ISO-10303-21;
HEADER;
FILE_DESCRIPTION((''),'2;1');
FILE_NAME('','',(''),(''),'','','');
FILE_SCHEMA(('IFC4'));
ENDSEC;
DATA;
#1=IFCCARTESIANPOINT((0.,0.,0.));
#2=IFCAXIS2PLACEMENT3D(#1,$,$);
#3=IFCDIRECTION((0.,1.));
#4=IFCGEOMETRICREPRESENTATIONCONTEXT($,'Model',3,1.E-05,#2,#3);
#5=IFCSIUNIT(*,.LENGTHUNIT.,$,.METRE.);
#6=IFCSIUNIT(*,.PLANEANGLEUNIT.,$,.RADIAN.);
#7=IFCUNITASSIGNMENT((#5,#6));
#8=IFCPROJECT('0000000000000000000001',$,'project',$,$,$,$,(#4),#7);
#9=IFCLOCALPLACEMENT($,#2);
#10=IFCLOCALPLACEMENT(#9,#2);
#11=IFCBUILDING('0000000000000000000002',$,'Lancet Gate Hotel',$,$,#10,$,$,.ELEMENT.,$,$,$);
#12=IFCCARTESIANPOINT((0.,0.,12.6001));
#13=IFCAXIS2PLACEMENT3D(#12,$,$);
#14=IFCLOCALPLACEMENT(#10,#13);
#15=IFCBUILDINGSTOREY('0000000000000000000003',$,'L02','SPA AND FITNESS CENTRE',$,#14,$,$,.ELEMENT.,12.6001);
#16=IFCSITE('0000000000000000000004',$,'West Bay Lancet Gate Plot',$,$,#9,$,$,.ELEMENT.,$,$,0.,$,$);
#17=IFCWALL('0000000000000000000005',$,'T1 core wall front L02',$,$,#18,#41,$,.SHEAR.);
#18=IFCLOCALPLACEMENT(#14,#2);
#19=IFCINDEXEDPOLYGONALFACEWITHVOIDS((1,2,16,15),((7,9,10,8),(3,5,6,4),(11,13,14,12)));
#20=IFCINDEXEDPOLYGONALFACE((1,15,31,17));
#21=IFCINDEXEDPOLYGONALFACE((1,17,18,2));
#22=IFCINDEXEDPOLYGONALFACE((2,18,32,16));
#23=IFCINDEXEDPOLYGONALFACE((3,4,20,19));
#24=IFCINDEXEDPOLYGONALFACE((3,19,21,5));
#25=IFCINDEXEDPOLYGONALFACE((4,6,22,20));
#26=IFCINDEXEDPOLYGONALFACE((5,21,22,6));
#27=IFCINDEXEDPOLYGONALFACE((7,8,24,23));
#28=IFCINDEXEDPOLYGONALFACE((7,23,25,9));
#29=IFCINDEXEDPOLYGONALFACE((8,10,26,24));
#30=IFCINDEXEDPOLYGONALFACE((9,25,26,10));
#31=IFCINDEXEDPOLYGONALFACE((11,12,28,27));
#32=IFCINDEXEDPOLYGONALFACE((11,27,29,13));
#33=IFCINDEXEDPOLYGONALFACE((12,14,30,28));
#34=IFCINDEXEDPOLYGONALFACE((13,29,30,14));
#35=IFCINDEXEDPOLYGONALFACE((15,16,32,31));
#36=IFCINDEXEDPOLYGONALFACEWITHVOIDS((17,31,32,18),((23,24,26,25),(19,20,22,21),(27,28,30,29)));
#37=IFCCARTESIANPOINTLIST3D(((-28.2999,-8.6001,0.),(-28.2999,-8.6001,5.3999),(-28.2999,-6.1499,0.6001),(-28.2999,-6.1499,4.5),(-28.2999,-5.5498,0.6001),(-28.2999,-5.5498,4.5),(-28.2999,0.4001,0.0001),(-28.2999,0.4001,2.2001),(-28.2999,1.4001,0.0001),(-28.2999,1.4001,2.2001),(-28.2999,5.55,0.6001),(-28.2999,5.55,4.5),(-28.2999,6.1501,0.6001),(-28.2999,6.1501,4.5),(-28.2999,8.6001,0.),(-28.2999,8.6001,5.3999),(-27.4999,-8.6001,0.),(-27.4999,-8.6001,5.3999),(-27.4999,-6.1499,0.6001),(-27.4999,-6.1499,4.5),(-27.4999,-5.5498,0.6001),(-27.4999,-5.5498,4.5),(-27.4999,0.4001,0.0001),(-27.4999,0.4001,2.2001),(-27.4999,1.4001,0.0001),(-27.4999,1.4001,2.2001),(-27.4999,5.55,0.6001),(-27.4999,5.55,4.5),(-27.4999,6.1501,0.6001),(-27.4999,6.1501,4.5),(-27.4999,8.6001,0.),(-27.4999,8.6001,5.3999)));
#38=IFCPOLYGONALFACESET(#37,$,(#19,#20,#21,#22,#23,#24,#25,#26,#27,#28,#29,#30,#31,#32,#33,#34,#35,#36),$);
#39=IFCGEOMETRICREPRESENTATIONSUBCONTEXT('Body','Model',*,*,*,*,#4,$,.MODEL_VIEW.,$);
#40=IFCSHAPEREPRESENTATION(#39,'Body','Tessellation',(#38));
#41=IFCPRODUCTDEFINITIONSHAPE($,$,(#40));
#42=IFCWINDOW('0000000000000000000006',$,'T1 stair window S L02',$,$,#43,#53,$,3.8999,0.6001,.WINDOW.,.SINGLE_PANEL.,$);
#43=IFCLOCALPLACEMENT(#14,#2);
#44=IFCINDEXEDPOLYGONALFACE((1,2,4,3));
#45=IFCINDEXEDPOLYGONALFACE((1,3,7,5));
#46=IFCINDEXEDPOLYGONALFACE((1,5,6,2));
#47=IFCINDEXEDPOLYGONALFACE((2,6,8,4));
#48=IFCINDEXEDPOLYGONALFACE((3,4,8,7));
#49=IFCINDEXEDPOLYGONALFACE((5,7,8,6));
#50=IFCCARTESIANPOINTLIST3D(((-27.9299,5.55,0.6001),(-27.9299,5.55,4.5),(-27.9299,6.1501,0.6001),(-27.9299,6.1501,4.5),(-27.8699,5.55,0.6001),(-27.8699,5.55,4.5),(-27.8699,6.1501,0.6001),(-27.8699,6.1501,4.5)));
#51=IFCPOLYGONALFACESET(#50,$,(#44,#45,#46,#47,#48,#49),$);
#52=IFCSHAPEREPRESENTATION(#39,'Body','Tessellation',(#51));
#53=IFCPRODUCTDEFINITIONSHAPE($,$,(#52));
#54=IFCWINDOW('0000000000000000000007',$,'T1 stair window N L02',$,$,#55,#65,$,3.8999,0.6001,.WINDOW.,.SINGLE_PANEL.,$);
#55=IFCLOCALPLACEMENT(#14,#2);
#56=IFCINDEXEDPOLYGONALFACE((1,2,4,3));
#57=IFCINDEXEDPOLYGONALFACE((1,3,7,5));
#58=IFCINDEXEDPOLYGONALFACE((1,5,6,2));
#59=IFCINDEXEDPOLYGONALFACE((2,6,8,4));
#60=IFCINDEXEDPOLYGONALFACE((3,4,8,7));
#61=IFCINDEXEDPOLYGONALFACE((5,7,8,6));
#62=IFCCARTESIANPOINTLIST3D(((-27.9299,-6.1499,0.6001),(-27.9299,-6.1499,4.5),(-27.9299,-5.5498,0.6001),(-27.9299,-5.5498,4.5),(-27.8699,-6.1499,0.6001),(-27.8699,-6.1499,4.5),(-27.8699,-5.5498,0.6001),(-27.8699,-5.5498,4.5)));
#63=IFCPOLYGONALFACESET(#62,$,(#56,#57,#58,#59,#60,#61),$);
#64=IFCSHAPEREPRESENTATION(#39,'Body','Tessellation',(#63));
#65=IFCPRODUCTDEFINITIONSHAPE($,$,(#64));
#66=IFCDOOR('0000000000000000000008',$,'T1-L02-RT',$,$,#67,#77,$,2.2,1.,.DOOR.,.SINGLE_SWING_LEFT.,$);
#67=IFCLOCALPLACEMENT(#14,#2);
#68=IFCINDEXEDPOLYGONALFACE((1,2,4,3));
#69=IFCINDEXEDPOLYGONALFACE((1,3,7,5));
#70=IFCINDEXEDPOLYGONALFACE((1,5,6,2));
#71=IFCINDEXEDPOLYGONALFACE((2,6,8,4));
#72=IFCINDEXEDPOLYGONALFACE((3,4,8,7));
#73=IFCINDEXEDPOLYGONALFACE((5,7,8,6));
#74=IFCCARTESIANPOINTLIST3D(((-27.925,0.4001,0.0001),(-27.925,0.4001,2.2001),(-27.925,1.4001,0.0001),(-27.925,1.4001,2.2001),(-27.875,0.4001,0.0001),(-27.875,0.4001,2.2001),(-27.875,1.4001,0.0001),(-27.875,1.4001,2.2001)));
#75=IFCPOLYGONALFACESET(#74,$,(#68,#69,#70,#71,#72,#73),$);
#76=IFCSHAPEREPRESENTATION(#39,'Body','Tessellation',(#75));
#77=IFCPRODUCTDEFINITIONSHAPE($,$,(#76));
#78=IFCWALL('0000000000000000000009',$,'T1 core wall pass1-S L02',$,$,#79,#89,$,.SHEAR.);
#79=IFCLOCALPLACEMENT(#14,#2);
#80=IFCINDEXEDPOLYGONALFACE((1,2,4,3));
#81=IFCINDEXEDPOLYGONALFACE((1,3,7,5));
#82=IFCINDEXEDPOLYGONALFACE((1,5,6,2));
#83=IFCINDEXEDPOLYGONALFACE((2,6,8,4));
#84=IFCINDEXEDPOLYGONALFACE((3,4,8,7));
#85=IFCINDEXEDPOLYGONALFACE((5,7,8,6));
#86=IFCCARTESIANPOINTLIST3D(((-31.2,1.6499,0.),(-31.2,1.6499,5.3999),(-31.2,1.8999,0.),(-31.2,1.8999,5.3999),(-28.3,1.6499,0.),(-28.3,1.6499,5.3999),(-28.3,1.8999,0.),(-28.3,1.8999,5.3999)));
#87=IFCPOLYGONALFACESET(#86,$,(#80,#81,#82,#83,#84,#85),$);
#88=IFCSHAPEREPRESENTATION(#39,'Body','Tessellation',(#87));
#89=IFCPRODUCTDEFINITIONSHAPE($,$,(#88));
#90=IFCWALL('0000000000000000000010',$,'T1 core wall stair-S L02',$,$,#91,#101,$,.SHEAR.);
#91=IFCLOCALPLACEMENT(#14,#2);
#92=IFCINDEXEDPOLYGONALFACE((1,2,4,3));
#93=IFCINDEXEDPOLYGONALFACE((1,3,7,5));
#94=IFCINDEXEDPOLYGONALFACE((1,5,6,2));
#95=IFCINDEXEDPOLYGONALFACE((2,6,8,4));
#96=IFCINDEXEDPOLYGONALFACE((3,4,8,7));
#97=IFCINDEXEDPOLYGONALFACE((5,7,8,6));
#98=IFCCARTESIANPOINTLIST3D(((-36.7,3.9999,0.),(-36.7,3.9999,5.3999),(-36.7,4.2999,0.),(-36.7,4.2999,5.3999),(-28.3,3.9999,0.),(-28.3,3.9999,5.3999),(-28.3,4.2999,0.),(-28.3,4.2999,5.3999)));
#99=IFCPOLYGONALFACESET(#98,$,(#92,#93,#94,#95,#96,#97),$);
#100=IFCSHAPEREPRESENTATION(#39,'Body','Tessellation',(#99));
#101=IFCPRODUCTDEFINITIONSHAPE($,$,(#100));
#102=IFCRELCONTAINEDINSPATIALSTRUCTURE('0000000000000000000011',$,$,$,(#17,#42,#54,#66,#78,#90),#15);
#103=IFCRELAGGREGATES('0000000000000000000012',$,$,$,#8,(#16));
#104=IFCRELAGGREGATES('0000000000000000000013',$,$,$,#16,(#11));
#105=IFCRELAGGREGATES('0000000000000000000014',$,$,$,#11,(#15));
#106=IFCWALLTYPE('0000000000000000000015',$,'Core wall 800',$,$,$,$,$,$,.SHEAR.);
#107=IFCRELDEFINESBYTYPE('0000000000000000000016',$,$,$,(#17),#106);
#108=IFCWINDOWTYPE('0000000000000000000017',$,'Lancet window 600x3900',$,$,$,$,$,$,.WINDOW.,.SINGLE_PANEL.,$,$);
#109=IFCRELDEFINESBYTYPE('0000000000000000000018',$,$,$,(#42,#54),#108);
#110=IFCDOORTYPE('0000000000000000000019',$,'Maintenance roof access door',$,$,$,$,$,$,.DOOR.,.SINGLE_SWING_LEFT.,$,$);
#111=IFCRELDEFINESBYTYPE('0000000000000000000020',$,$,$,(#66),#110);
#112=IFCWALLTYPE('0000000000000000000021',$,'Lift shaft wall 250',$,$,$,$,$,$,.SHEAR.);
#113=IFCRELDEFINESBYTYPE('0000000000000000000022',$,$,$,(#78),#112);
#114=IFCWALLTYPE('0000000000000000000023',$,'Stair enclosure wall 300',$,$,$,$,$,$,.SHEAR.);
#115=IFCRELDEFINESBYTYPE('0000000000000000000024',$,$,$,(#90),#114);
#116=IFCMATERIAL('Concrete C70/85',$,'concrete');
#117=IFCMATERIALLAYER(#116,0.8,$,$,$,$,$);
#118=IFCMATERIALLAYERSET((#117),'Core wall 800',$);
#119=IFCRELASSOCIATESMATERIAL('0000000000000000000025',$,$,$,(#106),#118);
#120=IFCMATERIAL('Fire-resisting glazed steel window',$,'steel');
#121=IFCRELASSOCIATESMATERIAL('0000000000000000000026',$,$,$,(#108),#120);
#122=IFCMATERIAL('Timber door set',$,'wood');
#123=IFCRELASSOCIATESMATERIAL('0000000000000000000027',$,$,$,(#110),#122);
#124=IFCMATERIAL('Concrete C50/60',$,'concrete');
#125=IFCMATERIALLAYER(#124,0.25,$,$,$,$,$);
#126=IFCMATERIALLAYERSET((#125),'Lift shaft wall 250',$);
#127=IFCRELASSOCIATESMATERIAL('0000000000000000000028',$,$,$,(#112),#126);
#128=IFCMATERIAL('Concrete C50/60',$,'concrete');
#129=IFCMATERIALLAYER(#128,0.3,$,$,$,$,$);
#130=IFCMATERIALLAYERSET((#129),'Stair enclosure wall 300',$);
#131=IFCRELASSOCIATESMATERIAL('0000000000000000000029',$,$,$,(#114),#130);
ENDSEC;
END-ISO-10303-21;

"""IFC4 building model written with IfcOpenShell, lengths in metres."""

from ifc_helpers import new_model, si_unit, direction, frame, frame_2d, origin, place, context, subcontext, project, spatial, rectangle, extrude, material, layer, layer_set, type_object, element, fill, save


model = new_model("IFC4")

# Units and contexts
model_context = context("Model", 3, precision=1e-05, world=origin(), true_north=direction((0.0, 1.0)))
body_context = subcontext(model_context, "Body", "Model", "MODEL_VIEW")
ifc_project = project(units=[si_unit("LENGTHUNIT", "METRE"), si_unit("PLANEANGLEUNIT", "RADIAN")], contexts=[model_context])

# Site, building, storey
site_placement = place(None, origin())
site = spatial("IfcSite", under=ifc_project, at=site_placement, Name="West Bay Lancet Gate Plot", CompositionType="ELEMENT", RefElevation=0.0)
building_placement = place(site_placement, origin())
building = spatial("IfcBuilding", under=site, at=building_placement, Name="Lancet Gate Hotel", CompositionType="ELEMENT")
storey_placement = place(building_placement, frame((0.0, 0.0, 12.6001)))
storey = spatial("IfcBuildingStorey", under=building, at=storey_placement, Name="L02", Description="SPA AND FITNESS CENTRE", CompositionType="ELEMENT", Elevation=12.6001)

# Wall, openings, windows, door
ifc_material_1 = material(Name="Concrete C70/85", Category="concrete")
ifc_layer_1 = layer(ifc_material_1, 0.8)
ifc_layer_set_1 = layer_set([ifc_layer_1], Name="Core wall 800")
wall_type_1 = type_object("IfcWallType", Name="Core wall 800", PredefinedType="SHEAR", material=ifc_layer_set_1)
wall_1_placement = place(storey_placement, frame((-27.8999, 8.6001, 0.0), z_axis=(0.0, 0.0, 1.0), x_axis=(0.0, -1.0, 0.0)))
wall_1 = element("IfcWall", 1, at=wall_1_placement, inside=storey, type_object=wall_type_1, Name="T1 core wall front L02", PredefinedType="SHEAR", context=body_context, shape_type="SweptSolid", body=[
    extrude(rectangle(XDim=17.2002, YDim=0.8, at=frame_2d((8.6001, 0.0))), origin(), (0.0, 0.0, 1.0), 5.3999),
])
opening_1_placement = place(wall_1_placement, frame((7.2, 0.0, 0.0)))
opening_1 = element("IfcOpeningElement", 2, at=opening_1_placement, cuts=wall_1, PredefinedType="OPENING", context=body_context, shape_type="SweptSolid", body=[
    extrude(rectangle(XDim=1.0, YDim=2.2, at=frame_2d((0.5, 1.1001))), frame((0.0, 0.4099, 0.0), z_axis=(0.0, -1.0, 0.0), x_axis=(1.0, 0.0, 0.0)), (0.0, 0.0, 1.0), 0.8201),
])
opening_2_placement = place(wall_1_placement, frame((2.45, 0.0, 0.6001)))
opening_2 = element("IfcOpeningElement", 3, at=opening_2_placement, cuts=wall_1, PredefinedType="OPENING", context=body_context, shape_type="SweptSolid", body=[
    extrude(rectangle(XDim=0.6001, YDim=3.8999, at=frame_2d((0.3, 1.95))), frame((0.0, 0.4099, 0.0), z_axis=(0.0, -1.0, 0.0), x_axis=(1.0, 0.0, 0.0)), (0.0, 0.0, 1.0), 0.8201),
])
opening_3_placement = place(wall_1_placement, frame((14.1499, 0.0, 0.6001)))
opening_3 = element("IfcOpeningElement", 4, at=opening_3_placement, cuts=wall_1, PredefinedType="OPENING", context=body_context, shape_type="SweptSolid", body=[
    extrude(rectangle(XDim=0.6001, YDim=3.8999, at=frame_2d((0.3, 1.95))), frame((0.0, 0.4099, 0.0), z_axis=(0.0, -1.0, 0.0), x_axis=(1.0, 0.0, 0.0)), (0.0, 0.0, 1.0), 0.8201),
])
ifc_material_2 = material(Name="Fire-resisting glazed steel window", Category="steel")
window_type = type_object("IfcWindowType", Name="Lancet window 600x3900", PartitioningType="SINGLE_PANEL", PredefinedType="WINDOW", material=ifc_material_2)
window_1_placement = place(opening_2_placement, origin())
window_1 = element("IfcWindow", 5, at=window_1_placement, inside=storey, type_object=window_type, Name="T1 stair window S L02", OverallHeight=3.8999, OverallWidth=0.6001, PartitioningType="SINGLE_PANEL", PredefinedType="WINDOW", context=body_context, shape_type="SweptSolid", body=[
    extrude(rectangle(XDim=0.6001, YDim=3.8999, at=frame_2d((0.3, 1.95))), frame((0.0, 0.03, 0.0), z_axis=(0.0, -1.0, 0.0), x_axis=(1.0, 0.0, 0.0)), (0.0, 0.0, 1.0), 0.0601),
])
fill(opening_2, window_1)
window_2_placement = place(opening_3_placement, origin())
window_2 = element("IfcWindow", 6, at=window_2_placement, inside=storey, type_object=window_type, Name="T1 stair window N L02", OverallHeight=3.8999, OverallWidth=0.6001, PartitioningType="SINGLE_PANEL", PredefinedType="WINDOW", context=body_context, shape_type="SweptSolid", body=[
    extrude(rectangle(XDim=0.6001, YDim=3.8999, at=frame_2d((0.3, 1.95))), frame((0.0, 0.03, 0.0), z_axis=(0.0, -1.0, 0.0), x_axis=(1.0, 0.0, 0.0)), (0.0, 0.0, 1.0), 0.0601),
])
fill(opening_3, window_2)
ifc_material_3 = material(Name="Timber door set", Category="wood")
door_type_1 = type_object("IfcDoorType", Name="Maintenance roof access door", OperationType="SINGLE_SWING_LEFT", PredefinedType="DOOR", material=ifc_material_3)
door_1_placement = place(opening_1_placement, origin())
door_1 = element("IfcDoor", 7, at=door_1_placement, inside=storey, type_object=door_type_1, Name="T1-L02-RT", OperationType="SINGLE_SWING_LEFT", OverallHeight=2.2, OverallWidth=1.0, PredefinedType="DOOR", context=body_context, shape_type="SweptSolid", body=[
    extrude(rectangle(XDim=1.0, YDim=2.2, at=frame_2d((0.5, 1.1001))), frame((0.0, 0.0249, 0.0), z_axis=(0.0, -1.0, 0.0), x_axis=(1.0, 0.0, 0.0)), (0.0, 0.0, 1.0), 0.05),
])
fill(opening_1, door_1)

# Walls
ifc_material_4 = material(Name="Concrete C50/60", Category="concrete")
ifc_layer_2 = layer(ifc_material_4, 0.25)
ifc_layer_set_2 = layer_set([ifc_layer_2], Name="Lift shaft wall 250")
wall_type_2 = type_object("IfcWallType", Name="Lift shaft wall 250", PredefinedType="SHEAR", material=ifc_layer_set_2)
wall_2_placement = place(storey_placement, frame((-28.3, 1.7749, 0.0), z_axis=(0.0, 0.0, 1.0), x_axis=(-1.0, 0.0, 0.0)))
element("IfcWall", 8, at=wall_2_placement, inside=storey, type_object=wall_type_2, Name="T1 core wall pass1-S L02", PredefinedType="SHEAR", context=body_context, shape_type="SweptSolid", body=[
    extrude(rectangle(XDim=2.8999, YDim=0.25, at=frame_2d((1.45, 0.0))), origin(), (0.0, 0.0, 1.0), 5.3999),
])
ifc_material_5 = material(Name="Concrete C50/60", Category="concrete")
ifc_layer_3 = layer(ifc_material_5, 0.3)
ifc_layer_set_3 = layer_set([ifc_layer_3], Name="Stair enclosure wall 300")
wall_type_3 = type_object("IfcWallType", Name="Stair enclosure wall 300", PredefinedType="SHEAR", material=ifc_layer_set_3)
wall_3_placement = place(storey_placement, frame((-28.3, 4.1499, 0.0), z_axis=(0.0, 0.0, 1.0), x_axis=(-1.0, 0.0, 0.0)))
element("IfcWall", 9, at=wall_3_placement, inside=storey, type_object=wall_type_3, Name="T1 core wall stair-S L02", PredefinedType="SHEAR", context=body_context, shape_type="SweptSolid", body=[
    extrude(rectangle(XDim=8.3999, YDim=0.3, at=frame_2d((4.2, 0.0))), origin(), (0.0, 0.0, 1.0), 5.3999),
])

save(model, "model.ifc")
